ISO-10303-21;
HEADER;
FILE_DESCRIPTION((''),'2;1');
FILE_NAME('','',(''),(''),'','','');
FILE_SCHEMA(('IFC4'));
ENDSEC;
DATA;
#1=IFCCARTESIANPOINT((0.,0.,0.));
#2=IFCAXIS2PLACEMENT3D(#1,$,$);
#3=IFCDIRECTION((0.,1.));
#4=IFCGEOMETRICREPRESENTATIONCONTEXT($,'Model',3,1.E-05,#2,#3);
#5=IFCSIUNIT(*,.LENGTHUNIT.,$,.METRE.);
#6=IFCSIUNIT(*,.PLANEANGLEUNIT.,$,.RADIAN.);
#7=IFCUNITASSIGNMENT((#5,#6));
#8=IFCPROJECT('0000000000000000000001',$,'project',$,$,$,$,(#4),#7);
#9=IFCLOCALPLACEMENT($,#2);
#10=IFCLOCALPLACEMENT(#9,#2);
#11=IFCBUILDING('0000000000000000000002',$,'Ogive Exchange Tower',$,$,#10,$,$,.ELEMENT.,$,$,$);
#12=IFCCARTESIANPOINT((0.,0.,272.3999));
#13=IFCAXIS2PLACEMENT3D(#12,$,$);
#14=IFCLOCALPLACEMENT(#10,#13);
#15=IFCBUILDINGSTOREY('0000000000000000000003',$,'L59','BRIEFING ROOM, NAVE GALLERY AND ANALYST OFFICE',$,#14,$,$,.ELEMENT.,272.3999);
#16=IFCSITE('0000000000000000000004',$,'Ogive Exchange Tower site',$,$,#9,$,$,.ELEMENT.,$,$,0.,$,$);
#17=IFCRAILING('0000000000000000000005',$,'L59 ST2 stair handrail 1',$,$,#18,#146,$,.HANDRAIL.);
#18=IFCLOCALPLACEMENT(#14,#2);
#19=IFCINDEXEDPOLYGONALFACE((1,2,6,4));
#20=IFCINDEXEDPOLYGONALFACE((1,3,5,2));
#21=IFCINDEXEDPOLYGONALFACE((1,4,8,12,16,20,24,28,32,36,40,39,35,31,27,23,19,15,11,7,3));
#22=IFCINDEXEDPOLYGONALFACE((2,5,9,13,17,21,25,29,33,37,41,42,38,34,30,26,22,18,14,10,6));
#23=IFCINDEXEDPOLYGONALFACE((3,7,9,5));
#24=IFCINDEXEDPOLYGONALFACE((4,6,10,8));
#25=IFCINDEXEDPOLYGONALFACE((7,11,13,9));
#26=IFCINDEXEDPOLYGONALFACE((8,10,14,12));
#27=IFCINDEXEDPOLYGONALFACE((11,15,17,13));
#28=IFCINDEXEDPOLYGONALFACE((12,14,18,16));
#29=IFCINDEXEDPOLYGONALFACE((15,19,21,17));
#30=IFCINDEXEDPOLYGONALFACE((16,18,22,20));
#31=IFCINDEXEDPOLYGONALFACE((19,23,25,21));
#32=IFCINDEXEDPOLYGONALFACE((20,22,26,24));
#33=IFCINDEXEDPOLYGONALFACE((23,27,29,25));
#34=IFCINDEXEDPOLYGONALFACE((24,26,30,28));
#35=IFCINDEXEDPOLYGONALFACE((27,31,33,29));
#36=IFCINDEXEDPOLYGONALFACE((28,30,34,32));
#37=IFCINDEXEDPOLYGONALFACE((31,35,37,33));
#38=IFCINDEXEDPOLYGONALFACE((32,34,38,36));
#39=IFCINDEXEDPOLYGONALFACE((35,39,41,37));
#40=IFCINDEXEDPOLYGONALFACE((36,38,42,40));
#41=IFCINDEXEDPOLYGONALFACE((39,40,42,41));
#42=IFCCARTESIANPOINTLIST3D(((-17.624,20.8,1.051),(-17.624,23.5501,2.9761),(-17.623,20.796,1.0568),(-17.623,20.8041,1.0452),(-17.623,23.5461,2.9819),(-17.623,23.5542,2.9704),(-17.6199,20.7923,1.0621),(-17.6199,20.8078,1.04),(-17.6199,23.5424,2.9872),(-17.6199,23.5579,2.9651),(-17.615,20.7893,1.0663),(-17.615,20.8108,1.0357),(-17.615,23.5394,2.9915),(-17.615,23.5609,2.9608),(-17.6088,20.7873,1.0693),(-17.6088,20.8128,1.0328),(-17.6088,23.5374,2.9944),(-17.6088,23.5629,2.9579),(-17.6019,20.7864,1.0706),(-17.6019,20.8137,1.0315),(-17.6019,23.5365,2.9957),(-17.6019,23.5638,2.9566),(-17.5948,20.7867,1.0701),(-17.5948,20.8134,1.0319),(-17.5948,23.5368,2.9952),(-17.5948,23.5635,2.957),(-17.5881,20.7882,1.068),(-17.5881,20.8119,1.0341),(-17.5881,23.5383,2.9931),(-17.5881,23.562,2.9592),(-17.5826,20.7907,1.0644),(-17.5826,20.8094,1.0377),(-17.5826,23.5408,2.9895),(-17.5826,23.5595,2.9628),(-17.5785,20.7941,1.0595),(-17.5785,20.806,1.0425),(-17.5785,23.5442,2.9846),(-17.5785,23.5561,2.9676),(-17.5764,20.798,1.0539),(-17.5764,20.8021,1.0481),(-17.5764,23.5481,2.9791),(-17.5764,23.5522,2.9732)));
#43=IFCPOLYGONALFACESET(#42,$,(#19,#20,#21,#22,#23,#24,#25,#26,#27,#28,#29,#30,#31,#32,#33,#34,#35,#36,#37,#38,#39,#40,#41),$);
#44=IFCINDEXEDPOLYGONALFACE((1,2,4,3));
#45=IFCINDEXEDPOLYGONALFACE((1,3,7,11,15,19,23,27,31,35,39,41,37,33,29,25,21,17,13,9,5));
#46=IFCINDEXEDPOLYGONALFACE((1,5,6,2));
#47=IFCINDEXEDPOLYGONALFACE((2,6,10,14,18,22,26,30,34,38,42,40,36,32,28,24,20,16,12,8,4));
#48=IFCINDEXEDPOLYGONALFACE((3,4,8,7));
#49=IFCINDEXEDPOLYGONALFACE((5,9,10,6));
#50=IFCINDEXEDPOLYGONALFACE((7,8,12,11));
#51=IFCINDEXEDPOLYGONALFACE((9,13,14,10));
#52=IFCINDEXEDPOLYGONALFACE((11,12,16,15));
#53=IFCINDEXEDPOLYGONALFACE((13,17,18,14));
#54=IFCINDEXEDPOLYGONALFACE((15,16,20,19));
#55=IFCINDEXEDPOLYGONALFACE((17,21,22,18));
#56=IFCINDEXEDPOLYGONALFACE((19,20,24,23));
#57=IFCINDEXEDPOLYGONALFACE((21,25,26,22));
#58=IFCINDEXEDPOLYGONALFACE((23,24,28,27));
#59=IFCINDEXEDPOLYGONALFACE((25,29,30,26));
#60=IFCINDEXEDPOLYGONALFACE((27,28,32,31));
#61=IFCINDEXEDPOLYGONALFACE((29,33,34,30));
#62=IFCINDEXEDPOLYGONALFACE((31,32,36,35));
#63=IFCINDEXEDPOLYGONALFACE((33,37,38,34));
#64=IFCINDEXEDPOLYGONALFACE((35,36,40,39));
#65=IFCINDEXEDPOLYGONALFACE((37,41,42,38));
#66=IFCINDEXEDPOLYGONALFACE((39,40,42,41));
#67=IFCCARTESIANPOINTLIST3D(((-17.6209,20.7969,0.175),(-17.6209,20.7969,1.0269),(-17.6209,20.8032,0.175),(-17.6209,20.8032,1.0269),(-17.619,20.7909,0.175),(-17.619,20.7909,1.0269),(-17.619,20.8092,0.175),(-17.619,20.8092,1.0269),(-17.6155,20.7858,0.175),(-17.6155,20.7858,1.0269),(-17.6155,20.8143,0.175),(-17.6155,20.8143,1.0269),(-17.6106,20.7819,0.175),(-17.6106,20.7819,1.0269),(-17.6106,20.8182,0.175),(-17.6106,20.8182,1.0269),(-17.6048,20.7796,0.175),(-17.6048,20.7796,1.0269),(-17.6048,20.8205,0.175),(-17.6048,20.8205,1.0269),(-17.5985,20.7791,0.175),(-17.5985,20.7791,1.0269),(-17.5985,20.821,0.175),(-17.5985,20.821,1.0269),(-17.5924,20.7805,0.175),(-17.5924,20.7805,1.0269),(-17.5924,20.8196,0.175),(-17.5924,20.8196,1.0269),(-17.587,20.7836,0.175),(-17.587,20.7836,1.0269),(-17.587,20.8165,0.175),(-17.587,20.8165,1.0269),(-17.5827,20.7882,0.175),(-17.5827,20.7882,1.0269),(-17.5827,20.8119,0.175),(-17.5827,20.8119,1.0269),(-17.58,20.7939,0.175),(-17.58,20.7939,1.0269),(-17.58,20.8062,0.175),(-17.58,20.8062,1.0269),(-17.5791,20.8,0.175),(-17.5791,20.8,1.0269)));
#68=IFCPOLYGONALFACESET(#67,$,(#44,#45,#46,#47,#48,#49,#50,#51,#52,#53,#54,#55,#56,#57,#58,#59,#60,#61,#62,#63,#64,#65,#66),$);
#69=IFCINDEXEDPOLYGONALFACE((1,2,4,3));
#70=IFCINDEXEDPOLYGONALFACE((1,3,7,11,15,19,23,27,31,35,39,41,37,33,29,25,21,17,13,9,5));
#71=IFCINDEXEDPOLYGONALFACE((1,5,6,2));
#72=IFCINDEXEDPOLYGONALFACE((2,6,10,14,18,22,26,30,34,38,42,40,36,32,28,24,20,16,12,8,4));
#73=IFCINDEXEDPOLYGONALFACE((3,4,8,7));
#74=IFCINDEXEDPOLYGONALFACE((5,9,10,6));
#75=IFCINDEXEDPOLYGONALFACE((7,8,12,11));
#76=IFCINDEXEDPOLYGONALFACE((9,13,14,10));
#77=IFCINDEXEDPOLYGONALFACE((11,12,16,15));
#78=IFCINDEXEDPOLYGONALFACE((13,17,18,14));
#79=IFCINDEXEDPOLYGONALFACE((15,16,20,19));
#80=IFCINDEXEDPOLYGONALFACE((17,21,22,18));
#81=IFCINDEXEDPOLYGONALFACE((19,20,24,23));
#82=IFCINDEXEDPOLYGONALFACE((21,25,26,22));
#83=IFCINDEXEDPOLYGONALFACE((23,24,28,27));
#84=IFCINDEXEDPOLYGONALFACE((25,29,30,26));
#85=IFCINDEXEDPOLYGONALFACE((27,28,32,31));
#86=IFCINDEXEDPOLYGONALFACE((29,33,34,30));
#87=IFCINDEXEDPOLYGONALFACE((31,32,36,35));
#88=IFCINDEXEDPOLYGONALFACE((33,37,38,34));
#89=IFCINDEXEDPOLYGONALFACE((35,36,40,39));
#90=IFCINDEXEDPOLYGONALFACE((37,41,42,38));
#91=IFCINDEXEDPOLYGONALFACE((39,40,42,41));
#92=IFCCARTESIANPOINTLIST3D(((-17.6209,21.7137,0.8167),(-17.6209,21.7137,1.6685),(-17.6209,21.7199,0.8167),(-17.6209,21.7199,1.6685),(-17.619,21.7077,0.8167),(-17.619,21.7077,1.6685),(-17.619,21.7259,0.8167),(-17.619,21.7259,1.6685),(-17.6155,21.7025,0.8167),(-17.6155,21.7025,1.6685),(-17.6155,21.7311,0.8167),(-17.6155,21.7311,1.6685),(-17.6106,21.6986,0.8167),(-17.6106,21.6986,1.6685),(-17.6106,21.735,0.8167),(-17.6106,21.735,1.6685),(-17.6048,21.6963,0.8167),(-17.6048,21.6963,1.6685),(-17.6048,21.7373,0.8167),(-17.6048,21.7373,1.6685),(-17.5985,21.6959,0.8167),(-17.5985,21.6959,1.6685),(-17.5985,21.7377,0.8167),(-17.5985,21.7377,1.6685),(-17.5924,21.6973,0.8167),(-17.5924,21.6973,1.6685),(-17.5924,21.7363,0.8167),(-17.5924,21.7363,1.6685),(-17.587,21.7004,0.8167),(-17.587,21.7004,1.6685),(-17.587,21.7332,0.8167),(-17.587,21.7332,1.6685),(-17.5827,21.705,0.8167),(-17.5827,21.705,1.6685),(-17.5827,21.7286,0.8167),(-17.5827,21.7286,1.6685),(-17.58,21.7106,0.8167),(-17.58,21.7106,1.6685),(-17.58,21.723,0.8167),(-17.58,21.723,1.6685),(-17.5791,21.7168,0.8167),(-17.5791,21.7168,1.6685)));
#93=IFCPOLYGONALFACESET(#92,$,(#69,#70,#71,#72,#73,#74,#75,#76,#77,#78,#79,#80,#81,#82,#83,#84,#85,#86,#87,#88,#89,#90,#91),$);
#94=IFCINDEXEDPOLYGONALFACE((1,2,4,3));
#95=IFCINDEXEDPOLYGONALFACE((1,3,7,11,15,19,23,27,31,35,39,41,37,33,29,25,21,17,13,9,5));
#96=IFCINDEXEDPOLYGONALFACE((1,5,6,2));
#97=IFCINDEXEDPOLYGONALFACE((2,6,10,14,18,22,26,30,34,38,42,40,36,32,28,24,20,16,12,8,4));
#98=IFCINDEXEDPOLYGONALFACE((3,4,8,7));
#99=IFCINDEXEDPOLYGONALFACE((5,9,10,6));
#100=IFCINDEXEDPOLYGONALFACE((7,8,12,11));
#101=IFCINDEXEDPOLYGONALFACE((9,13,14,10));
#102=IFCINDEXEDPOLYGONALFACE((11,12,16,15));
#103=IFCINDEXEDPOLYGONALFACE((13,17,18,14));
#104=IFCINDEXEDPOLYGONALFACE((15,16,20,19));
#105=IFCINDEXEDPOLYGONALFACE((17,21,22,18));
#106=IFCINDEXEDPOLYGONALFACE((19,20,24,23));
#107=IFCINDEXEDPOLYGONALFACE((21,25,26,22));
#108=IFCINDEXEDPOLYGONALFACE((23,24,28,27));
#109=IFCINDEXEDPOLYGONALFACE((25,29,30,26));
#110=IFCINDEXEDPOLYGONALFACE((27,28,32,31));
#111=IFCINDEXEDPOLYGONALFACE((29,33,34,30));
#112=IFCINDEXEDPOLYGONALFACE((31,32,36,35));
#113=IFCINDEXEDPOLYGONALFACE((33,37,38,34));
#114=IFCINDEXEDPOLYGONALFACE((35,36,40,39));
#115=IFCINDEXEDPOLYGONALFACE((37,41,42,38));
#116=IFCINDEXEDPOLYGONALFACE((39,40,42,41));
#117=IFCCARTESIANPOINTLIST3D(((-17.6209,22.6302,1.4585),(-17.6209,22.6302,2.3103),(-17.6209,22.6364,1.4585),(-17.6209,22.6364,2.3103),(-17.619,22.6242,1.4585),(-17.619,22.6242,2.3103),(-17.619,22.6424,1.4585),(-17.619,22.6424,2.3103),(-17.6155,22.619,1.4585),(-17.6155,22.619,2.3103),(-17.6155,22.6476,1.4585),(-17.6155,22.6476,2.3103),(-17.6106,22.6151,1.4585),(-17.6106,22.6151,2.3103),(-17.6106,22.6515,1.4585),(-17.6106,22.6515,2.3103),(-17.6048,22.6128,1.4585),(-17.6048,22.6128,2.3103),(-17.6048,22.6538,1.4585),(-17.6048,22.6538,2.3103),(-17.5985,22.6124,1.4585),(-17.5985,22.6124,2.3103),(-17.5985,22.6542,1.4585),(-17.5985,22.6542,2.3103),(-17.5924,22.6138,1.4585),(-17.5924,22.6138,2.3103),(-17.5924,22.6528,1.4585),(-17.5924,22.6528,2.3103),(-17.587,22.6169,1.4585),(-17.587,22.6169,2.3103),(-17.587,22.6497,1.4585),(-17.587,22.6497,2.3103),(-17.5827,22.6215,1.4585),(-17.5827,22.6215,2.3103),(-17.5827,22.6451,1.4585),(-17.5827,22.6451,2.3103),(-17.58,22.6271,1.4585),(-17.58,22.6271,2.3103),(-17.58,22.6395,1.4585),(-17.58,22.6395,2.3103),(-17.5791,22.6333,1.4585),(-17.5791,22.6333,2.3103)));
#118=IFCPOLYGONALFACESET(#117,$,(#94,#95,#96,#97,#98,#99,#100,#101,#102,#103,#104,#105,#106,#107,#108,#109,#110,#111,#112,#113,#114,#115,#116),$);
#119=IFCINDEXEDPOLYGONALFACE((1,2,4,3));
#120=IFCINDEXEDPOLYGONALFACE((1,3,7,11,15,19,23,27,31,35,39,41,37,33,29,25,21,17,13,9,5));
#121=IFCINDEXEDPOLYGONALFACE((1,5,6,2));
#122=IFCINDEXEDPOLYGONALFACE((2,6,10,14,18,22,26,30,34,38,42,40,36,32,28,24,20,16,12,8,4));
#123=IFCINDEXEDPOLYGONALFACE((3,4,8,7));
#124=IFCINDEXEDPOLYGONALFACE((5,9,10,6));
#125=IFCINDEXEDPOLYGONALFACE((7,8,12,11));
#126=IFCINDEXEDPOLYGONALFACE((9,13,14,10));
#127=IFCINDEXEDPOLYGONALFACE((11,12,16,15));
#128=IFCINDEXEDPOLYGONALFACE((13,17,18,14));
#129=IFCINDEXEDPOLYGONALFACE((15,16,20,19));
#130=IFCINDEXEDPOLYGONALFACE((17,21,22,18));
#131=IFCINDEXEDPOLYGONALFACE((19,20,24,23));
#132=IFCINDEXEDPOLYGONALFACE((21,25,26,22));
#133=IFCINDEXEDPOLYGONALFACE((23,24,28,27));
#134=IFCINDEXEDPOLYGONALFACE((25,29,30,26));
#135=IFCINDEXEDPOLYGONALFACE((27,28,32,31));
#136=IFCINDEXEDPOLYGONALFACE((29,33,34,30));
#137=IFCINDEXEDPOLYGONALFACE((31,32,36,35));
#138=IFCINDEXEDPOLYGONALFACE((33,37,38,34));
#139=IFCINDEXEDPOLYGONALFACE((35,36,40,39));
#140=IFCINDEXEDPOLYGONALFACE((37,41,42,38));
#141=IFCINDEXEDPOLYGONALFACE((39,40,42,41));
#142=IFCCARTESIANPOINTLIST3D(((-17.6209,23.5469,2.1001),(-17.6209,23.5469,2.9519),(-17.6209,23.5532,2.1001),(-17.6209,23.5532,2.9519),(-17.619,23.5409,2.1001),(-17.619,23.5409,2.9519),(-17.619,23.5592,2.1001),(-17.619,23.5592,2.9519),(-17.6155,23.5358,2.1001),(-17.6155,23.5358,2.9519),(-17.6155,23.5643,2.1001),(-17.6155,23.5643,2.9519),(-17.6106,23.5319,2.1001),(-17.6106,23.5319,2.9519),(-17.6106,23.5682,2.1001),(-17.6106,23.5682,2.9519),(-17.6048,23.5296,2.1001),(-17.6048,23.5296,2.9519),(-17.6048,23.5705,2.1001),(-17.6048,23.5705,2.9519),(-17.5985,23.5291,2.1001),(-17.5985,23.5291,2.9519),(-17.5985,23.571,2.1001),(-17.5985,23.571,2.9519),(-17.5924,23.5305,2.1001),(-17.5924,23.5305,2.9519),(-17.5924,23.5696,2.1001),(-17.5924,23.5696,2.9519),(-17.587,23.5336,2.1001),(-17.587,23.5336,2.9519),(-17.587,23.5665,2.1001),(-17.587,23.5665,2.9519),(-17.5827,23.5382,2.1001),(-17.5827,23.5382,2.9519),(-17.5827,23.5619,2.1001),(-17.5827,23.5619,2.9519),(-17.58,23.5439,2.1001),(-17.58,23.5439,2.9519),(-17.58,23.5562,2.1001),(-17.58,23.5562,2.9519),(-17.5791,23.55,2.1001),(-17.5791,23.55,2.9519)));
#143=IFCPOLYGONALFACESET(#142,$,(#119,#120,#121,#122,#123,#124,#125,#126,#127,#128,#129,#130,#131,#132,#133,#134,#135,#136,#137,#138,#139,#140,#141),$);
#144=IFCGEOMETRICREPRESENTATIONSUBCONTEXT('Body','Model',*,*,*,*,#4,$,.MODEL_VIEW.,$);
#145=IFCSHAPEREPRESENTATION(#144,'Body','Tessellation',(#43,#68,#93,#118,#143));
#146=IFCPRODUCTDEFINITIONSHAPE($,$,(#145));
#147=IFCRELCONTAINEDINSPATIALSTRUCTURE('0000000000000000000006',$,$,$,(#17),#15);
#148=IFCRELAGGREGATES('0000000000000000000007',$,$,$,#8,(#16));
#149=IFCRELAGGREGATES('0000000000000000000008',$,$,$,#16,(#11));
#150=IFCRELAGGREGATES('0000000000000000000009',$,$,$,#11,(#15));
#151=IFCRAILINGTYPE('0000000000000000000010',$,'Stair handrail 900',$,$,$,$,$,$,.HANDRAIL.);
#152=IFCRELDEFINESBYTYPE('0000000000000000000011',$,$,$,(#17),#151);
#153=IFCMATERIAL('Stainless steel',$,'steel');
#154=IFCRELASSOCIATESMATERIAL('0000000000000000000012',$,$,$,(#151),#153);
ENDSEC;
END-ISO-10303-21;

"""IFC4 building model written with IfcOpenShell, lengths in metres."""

from ifc_helpers import new_model, si_unit, direction, frame, origin, origin_2d, place, context, subcontext, project, spatial, circle, extrude, material, type_object, element, save


model = new_model("IFC4")

# Units and contexts
model_context = context("Model", 3, precision=1e-05, world=origin(), true_north=direction((0.0, 1.0)))
body_context = subcontext(model_context, "Body", "Model", "MODEL_VIEW")
ifc_project = project(units=[si_unit("LENGTHUNIT", "METRE"), si_unit("PLANEANGLEUNIT", "RADIAN")], contexts=[model_context])

# Site, building, storey
site_placement = place(None, origin())
site = spatial("IfcSite", under=ifc_project, at=site_placement, Name="Ogive Exchange Tower site", CompositionType="ELEMENT", RefElevation=0.0)
building_placement = place(site_placement, origin())
building = spatial("IfcBuilding", under=site, at=building_placement, Name="Ogive Exchange Tower", CompositionType="ELEMENT")
storey_placement = place(building_placement, frame((0.0, 0.0, 272.3999)))
storey = spatial("IfcBuildingStorey", under=building, at=storey_placement, Name="L59", Description="BRIEFING ROOM, NAVE GALLERY AND ANALYST OFFICE", CompositionType="ELEMENT", Elevation=272.3999)

# Railing
ifc_material_1 = material(Name="Stainless steel", Category="steel")
railing_type = type_object("IfcRailingType", Name="Stair handrail 900", PredefinedType="HANDRAIL", material=ifc_material_1)
railing_1_placement = place(storey_placement, frame((-17.6001, 20.8, 0.175)))
element("IfcRailing", 1, at=railing_1_placement, inside=storey, type_object=railing_type, Name="L59 ST2 stair handrail 1", PredefinedType="HANDRAIL", context=body_context, shape_type="SweptSolid", body=[
    extrude(circle(Radius=0.0239, at=origin_2d()), frame((0.0, 0.0, 0.876), z_axis=(0.0, 0.819225, 0.573472), x_axis=(-1.0, 0.0, 0.0)), (0.0, 0.0, 1.0), 3.3569),
    extrude(circle(Radius=0.021, at=origin_2d()), origin(), (0.0, 0.0, 1.0), 0.8518),
    extrude(circle(Radius=0.021, at=origin_2d()), frame((0.0, 0.9167, 0.6416)), (0.0, 0.0, 1.0), 0.8518),
    extrude(circle(Radius=0.021, at=origin_2d()), frame((0.0, 1.8333, 1.2834)), (0.0, 0.0, 1.0), 0.8518),
    extrude(circle(Radius=0.021, at=origin_2d()), frame((0.0, 2.75, 1.925)), (0.0, 0.0, 1.0), 0.8518),
])

save(model, "model.ifc")
